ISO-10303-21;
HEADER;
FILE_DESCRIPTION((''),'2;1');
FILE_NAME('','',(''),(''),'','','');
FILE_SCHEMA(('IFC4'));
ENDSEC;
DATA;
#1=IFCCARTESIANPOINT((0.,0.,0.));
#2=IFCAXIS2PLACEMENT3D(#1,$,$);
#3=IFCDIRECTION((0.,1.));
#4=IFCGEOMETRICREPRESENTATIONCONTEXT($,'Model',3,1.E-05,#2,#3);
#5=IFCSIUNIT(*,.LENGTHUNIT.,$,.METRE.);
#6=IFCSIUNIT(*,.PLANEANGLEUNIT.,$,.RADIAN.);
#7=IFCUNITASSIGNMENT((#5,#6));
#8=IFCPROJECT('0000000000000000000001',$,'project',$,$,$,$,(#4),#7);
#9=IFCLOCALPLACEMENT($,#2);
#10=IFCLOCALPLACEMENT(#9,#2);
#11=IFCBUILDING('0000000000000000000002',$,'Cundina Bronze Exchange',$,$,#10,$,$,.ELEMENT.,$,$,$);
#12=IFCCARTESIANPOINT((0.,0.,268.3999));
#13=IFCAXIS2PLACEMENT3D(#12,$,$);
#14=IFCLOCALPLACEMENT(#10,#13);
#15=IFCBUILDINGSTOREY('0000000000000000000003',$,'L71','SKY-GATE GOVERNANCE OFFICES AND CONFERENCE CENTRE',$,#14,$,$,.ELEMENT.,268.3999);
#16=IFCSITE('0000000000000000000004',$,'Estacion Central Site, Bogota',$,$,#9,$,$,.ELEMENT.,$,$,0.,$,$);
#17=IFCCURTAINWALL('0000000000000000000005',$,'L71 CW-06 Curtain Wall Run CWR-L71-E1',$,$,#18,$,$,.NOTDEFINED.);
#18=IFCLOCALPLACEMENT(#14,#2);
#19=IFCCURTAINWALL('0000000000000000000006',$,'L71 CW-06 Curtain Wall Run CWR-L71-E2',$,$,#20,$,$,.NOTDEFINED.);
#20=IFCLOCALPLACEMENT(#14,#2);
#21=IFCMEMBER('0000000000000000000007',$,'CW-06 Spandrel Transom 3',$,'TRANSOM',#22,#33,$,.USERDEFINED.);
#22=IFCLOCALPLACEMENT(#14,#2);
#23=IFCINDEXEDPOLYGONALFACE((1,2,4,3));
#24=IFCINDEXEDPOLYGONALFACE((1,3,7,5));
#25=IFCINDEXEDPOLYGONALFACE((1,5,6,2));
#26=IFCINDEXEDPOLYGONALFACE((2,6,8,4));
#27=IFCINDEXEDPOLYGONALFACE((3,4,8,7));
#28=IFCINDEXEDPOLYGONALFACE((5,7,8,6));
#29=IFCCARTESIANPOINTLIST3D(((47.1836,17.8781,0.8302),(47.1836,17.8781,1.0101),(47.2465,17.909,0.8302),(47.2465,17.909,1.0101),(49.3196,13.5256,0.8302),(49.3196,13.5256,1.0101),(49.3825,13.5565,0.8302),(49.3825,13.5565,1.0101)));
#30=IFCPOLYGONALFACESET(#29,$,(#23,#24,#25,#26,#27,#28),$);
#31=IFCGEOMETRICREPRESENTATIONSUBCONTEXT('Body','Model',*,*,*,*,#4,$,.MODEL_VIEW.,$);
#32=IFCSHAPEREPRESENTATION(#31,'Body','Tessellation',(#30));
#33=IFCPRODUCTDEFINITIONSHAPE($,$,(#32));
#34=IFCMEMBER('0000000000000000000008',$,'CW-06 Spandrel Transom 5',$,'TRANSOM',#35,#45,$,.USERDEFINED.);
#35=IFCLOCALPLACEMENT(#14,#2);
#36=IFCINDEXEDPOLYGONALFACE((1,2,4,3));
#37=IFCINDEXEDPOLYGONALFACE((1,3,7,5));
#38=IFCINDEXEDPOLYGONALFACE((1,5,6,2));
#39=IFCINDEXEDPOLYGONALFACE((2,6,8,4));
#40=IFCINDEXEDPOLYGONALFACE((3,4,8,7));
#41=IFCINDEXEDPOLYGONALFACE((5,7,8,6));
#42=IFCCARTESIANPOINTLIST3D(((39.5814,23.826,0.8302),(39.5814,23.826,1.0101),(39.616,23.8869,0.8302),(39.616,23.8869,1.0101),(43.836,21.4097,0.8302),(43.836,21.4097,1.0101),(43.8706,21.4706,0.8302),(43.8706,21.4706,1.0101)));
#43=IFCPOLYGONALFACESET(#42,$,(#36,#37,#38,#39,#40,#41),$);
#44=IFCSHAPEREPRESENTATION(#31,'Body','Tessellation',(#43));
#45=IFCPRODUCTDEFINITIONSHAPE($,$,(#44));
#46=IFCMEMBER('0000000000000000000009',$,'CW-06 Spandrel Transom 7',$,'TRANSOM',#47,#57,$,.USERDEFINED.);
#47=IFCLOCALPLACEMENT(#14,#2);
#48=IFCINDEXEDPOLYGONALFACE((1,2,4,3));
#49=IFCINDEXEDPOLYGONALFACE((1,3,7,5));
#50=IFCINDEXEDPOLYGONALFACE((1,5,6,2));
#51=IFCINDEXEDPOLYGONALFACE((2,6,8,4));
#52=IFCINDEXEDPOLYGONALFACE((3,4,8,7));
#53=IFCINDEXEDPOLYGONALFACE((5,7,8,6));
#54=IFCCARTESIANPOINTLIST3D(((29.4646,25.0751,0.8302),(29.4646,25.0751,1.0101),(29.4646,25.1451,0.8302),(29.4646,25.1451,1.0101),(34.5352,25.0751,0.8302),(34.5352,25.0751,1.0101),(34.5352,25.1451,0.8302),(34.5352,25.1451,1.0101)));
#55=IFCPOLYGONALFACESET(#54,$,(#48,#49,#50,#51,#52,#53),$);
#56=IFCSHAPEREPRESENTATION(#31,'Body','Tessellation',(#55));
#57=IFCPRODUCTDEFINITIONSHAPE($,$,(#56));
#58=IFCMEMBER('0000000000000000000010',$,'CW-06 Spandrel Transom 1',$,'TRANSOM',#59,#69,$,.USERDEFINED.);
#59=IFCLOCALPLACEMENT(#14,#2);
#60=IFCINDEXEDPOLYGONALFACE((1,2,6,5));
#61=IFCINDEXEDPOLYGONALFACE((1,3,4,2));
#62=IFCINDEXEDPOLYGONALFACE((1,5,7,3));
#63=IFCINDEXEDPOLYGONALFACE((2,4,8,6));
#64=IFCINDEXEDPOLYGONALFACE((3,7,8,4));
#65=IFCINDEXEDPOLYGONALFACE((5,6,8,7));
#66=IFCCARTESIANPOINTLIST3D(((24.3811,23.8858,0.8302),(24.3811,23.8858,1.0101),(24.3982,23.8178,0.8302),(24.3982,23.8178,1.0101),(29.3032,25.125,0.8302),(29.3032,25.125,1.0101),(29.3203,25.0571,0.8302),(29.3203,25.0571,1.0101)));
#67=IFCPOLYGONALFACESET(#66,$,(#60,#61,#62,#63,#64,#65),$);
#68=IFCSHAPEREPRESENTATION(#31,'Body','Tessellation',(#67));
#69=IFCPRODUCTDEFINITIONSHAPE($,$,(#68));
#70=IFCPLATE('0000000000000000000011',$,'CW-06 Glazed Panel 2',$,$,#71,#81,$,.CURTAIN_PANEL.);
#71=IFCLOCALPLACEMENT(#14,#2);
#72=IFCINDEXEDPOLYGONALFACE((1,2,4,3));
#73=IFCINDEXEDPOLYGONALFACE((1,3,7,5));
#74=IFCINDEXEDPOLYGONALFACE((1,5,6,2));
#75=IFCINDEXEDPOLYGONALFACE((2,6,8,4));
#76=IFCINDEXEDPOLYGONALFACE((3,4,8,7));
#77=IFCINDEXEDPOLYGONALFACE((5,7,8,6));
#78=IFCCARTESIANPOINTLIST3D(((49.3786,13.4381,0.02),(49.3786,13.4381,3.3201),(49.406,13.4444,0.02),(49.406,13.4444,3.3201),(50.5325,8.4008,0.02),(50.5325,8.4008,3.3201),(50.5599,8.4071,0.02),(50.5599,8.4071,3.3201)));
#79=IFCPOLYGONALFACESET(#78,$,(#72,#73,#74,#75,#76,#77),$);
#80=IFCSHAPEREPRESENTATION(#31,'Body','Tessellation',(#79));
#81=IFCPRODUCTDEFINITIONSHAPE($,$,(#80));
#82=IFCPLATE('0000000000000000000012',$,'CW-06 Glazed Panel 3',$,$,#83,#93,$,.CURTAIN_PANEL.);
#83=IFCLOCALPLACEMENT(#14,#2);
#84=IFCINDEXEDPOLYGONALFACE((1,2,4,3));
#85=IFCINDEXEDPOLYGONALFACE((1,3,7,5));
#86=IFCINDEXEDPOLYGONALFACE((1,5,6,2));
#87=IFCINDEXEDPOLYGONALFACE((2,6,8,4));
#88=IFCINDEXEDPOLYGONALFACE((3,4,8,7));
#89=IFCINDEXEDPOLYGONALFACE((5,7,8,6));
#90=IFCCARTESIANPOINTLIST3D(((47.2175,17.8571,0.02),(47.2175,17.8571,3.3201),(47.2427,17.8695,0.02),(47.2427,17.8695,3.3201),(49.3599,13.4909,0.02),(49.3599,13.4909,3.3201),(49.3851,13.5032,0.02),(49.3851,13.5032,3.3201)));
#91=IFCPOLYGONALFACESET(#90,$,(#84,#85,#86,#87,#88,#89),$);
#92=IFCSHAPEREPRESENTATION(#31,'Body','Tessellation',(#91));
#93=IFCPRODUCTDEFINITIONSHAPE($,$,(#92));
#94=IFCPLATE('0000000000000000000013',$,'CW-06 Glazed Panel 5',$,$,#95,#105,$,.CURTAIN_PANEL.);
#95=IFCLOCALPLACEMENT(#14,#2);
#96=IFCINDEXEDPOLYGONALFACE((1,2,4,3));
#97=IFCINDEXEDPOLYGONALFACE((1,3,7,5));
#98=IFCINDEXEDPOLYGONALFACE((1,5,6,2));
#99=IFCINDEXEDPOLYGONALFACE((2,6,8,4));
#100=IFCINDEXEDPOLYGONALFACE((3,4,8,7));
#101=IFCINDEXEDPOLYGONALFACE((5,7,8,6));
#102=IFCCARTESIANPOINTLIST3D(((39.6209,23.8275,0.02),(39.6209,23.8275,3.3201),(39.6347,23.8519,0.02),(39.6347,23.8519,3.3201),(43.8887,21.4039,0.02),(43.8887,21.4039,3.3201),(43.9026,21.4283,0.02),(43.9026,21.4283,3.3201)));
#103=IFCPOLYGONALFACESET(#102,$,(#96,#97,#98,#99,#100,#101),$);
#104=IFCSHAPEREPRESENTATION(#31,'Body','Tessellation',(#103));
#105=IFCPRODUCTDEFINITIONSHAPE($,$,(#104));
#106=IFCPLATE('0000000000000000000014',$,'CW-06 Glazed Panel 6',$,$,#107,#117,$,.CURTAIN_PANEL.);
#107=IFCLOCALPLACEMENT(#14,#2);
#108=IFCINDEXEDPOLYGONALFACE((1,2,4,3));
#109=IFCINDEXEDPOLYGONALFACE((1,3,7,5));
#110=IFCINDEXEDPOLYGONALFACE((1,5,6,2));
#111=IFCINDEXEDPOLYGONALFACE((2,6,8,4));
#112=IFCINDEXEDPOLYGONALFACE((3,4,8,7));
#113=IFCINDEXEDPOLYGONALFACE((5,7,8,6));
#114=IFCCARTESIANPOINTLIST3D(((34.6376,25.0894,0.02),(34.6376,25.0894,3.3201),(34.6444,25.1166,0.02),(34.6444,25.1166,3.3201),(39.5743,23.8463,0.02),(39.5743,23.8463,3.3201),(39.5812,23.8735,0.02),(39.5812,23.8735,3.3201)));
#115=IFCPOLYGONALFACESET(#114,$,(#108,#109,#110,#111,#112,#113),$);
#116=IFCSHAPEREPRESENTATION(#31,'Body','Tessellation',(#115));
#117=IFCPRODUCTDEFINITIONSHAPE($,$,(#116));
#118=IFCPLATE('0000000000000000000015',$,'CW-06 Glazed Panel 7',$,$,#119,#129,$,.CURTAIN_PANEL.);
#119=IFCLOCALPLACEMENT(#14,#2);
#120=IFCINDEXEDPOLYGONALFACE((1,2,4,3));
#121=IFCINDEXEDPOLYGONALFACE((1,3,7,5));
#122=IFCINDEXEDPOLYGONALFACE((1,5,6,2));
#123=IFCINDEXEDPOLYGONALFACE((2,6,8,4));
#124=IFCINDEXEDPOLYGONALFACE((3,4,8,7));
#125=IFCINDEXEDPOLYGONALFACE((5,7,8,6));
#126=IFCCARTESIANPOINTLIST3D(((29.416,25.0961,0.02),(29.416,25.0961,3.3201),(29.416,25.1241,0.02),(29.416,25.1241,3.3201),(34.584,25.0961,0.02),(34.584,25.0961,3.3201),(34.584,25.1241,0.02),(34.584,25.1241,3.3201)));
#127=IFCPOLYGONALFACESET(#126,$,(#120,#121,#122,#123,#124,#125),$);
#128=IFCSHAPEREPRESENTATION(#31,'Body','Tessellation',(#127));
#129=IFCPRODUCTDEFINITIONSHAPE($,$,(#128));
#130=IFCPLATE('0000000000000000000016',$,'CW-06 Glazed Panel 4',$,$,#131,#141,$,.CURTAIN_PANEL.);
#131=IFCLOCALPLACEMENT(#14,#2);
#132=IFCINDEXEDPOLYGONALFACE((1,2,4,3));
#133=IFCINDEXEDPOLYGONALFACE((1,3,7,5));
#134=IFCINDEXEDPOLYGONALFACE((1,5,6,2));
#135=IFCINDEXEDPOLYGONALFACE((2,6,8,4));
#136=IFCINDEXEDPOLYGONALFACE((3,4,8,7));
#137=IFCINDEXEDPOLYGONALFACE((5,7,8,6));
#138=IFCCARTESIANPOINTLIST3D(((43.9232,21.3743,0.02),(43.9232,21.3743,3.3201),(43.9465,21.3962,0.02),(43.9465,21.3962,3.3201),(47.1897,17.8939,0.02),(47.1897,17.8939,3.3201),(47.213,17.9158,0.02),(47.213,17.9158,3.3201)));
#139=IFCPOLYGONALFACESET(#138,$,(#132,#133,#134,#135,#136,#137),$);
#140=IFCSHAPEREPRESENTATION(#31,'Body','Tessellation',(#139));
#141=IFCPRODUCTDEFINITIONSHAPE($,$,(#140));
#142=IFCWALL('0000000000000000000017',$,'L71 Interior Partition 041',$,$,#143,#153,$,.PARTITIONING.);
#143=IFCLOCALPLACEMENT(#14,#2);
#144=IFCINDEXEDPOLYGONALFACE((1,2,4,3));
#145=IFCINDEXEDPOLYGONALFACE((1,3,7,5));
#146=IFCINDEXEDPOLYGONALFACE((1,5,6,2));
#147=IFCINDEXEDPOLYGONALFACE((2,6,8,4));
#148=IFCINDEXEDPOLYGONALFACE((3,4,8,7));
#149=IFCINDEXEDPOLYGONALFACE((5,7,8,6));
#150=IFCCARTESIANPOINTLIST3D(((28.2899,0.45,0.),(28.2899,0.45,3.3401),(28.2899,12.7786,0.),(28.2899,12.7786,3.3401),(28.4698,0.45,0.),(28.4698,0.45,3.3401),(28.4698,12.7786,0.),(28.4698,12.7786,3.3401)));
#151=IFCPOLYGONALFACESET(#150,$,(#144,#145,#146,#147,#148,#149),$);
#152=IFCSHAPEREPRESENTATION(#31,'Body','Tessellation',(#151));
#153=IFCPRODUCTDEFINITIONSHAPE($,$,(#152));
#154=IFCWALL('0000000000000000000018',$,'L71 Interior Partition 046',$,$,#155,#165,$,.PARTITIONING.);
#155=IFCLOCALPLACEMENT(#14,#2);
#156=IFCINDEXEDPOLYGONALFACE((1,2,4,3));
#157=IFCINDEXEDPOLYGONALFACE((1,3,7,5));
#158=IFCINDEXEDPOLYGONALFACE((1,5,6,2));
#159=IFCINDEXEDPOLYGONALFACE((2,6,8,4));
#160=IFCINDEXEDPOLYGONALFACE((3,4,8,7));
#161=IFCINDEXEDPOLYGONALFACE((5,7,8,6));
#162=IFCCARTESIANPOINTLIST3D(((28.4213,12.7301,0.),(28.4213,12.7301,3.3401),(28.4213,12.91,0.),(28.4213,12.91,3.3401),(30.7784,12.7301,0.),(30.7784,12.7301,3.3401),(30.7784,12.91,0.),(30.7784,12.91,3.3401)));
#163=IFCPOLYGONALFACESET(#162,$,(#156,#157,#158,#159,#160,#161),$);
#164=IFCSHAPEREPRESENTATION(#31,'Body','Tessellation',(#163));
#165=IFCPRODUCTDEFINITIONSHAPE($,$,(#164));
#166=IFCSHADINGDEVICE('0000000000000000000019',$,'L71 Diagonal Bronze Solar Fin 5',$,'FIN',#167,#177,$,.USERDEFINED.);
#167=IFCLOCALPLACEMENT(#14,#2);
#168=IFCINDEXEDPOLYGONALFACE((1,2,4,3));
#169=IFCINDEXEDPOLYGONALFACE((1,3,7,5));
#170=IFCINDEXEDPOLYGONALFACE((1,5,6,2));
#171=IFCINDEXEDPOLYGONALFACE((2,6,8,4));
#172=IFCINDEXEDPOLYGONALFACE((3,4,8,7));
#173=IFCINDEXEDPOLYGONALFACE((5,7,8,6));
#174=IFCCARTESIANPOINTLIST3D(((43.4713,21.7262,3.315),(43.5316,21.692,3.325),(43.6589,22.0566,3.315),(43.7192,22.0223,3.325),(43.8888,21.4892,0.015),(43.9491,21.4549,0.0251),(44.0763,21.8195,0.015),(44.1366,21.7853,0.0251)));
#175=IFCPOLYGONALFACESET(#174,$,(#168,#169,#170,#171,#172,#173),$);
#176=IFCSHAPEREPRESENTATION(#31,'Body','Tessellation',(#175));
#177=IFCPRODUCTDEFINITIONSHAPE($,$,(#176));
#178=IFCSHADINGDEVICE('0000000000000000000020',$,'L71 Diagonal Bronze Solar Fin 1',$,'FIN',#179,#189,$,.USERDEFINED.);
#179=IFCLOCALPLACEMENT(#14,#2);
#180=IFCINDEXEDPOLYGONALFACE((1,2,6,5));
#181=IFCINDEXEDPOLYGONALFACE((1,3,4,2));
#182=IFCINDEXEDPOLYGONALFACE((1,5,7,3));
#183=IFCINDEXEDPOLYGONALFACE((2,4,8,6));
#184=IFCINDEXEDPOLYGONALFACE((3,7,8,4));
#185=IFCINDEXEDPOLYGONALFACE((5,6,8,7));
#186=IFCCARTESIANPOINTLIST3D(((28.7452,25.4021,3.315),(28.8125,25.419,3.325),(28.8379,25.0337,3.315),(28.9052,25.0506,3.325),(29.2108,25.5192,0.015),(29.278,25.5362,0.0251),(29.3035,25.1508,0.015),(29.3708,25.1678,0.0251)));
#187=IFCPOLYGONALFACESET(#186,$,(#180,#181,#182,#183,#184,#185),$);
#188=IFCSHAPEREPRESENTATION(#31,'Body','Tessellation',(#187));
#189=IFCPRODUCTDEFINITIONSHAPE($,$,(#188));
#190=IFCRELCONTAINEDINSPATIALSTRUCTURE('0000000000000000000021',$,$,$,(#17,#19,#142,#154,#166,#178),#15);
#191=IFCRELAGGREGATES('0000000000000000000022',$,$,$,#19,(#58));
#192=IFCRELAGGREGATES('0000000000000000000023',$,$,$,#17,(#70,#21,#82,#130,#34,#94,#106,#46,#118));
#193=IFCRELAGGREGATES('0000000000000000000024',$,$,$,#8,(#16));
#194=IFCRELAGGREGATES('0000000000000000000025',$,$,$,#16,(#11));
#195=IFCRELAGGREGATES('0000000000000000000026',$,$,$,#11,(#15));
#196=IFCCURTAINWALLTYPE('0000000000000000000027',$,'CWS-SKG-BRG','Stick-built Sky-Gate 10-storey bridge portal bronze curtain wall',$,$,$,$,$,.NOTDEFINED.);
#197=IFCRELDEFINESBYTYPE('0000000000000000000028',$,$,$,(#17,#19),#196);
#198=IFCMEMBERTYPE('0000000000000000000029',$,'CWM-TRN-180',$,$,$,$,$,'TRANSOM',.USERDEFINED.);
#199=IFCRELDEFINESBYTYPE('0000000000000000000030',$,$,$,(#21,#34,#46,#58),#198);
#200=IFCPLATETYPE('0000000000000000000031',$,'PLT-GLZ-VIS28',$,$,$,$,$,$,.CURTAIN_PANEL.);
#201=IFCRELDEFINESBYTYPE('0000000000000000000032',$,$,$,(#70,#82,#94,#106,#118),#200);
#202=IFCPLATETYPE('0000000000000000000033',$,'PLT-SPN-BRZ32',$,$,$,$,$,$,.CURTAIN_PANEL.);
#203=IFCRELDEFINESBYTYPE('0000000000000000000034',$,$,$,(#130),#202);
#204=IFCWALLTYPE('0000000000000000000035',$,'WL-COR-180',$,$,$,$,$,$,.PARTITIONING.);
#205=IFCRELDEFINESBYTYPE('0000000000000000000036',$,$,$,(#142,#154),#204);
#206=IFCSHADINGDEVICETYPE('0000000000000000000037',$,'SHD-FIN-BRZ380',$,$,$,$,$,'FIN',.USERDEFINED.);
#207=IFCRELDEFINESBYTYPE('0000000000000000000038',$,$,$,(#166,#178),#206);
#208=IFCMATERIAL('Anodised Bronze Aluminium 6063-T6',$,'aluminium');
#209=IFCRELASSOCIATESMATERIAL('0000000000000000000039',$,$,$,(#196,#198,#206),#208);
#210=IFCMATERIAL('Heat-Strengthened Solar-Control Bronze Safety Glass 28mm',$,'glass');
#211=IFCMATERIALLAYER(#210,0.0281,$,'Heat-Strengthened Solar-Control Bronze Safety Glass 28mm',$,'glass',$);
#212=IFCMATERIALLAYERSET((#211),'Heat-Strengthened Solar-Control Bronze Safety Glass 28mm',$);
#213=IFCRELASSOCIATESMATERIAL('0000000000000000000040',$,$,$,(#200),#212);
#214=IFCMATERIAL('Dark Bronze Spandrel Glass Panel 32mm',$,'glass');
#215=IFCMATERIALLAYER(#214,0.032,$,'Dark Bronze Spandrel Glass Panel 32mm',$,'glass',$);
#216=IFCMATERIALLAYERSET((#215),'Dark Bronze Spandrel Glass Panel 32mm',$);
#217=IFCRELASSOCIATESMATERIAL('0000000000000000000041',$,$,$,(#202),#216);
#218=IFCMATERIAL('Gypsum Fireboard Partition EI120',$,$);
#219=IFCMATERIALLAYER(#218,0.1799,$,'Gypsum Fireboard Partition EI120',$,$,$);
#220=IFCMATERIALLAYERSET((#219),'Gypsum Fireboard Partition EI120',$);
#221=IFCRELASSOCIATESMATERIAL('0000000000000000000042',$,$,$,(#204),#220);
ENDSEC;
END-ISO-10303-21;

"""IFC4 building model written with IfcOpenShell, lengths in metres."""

from ifc_helpers import new_model, si_unit, direction, frame, frame_2d, origin, origin_2d, place, context, subcontext, project, spatial, rectangle, extrude, material, layer, layer_set, material_profile, profile_set, type_object, element, aggregate, save


model = new_model("IFC4")

# Units and contexts
model_context = context("Model", 3, precision=1e-05, world=origin(), true_north=direction((0.0, 1.0)))
body_context = subcontext(model_context, "Body", "Model", "MODEL_VIEW")
ifc_project = project(units=[si_unit("LENGTHUNIT", "METRE"), si_unit("PLANEANGLEUNIT", "RADIAN")], contexts=[model_context])

# Site, building, storey
site_placement = place(None, origin())
site = spatial("IfcSite", under=ifc_project, at=site_placement, Name="Estacion Central Site, Bogota", CompositionType="ELEMENT", RefElevation=0.0)
building_placement = place(site_placement, origin())
building = spatial("IfcBuilding", under=site, at=building_placement, Name="Cundina Bronze Exchange", CompositionType="ELEMENT")
storey_placement = place(building_placement, frame((0.0, 0.0, 268.3999)))
storey = spatial("IfcBuildingStorey", under=building, at=storey_placement, Name="L71", Description="SKY-GATE GOVERNANCE OFFICES AND CONFERENCE CENTRE", CompositionType="ELEMENT", Elevation=268.3999)

# Curtain wall
ifc_material_1 = material(Name="Anodised Bronze Aluminium 6063-T6", Category="aluminium")
curtain_wall_type = type_object("IfcCurtainWallType", Name="CWS-SKG-BRG", Description="Stick-built Sky-Gate 10-storey bridge portal bronze curtain wall", PredefinedType="NOTDEFINED", material=ifc_material_1)
curtain_wall_1_placement = place(storey_placement, origin())
curtain_wall_1 = element("IfcCurtainWall", 1, at=curtain_wall_1_placement, inside=storey, type_object=curtain_wall_type, Name="L71 CW-06 Curtain Wall Run CWR-L71-E1", PredefinedType="NOTDEFINED")

# Curtain wall
curtain_wall_2_placement = place(storey_placement, origin())
curtain_wall_2 = element("IfcCurtainWall", 2, at=curtain_wall_2_placement, inside=storey, type_object=curtain_wall_type, Name="L71 CW-06 Curtain Wall Run CWR-L71-E2", PredefinedType="NOTDEFINED")

# Members
ifc_material_profile_1 = material_profile(ifc_material_1, rectangle(XDim=0.0701, YDim=0.1799, at=origin_2d()), Name="AL70X180", Category="aluminium")
ifc_profile_set_1 = profile_set([ifc_material_profile_1], Name="Anodised Bronze Aluminium 6063-T6")
member_type_1 = type_object("IfcMemberType", Name="CWM-TRN-180", ElementType="TRANSOM", PredefinedType="USERDEFINED", material=ifc_profile_set_1)
member_1_placement = place(storey_placement, frame((49.3511, 13.541, 0.9202), z_axis=(-0.440554, 0.897726, 0.0), x_axis=(-0.897726, -0.440554, 0.0)))
member_1 = element("IfcMember", 3, at=member_1_placement, type_object=member_type_1, Name="CW-06 Spandrel Transom 3", ObjectType="TRANSOM", PredefinedType="USERDEFINED", context=body_context, shape_type="SweptSolid", body=[
    extrude(rectangle(XDim=0.0701, YDim=0.1799, at=origin_2d()), origin(), (0.0, 0.0, 1.0), 4.8484),
])
member_2_placement = place(storey_placement, frame((43.8533, 21.4402, 0.9202), z_axis=(-0.869557, 0.493832, 0.0), x_axis=(-0.493832, -0.869557, 0.0)))
member_2 = element("IfcMember", 4, at=member_2_placement, type_object=member_type_1, Name="CW-06 Spandrel Transom 5", ObjectType="TRANSOM", PredefinedType="USERDEFINED", context=body_context, shape_type="SweptSolid", body=[
    extrude(rectangle(XDim=0.0701, YDim=0.1799, at=origin_2d()), origin(), (0.0, 0.0, 1.0), 4.8928),
])
member_3_placement = place(storey_placement, frame((34.5352, 25.1101, 0.9202), z_axis=(-1.0, 0.0, 0.0), x_axis=(0.0, -1.0, 0.0)))
member_3 = element("IfcMember", 5, at=member_3_placement, type_object=member_type_1, Name="CW-06 Spandrel Transom 7", ObjectType="TRANSOM", PredefinedType="USERDEFINED", context=body_context, shape_type="SweptSolid", body=[
    extrude(rectangle(XDim=0.0701, YDim=0.1799, at=origin_2d()), origin(), (0.0, 0.0, 1.0), 5.0706),
])
member_4_placement = place(storey_placement, frame((29.3118, 25.0911, 0.9202), z_axis=(-0.969737, -0.244154, 0.0), x_axis=(0.244154, -0.969737, 0.0)))
member_4 = element("IfcMember", 6, at=member_4_placement, type_object=member_type_1, Name="CW-06 Spandrel Transom 1", ObjectType="TRANSOM", PredefinedType="USERDEFINED", context=body_context, shape_type="SweptSolid", body=[
    extrude(rectangle(XDim=0.0701, YDim=0.1799, at=origin_2d()), origin(), (0.0, 0.0, 1.0), 5.0757),
])
aggregate(curtain_wall_2, [member_4])

# Plates
ifc_material_2 = material(Name="Heat-Strengthened Solar-Control Bronze Safety Glass 28mm", Category="glass")
ifc_layer_1 = layer(ifc_material_2, 0.0281, Name="Heat-Strengthened Solar-Control Bronze Safety Glass 28mm", Category="glass")
ifc_layer_set_1 = layer_set([ifc_layer_1], Name="Heat-Strengthened Solar-Control Bronze Safety Glass 28mm")
plate_type_1 = type_object("IfcPlateType", Name="PLT-GLZ-VIS28", PredefinedType="CURTAIN_PANEL", material=ifc_layer_set_1)
plate_1_placement = place(storey_placement, frame((49.9692, 10.9226, 0.02), z_axis=(0.0, 0.0, 1.0), x_axis=(-0.223284, 0.974753, 0.0)))
plate_1 = element("IfcPlate", 7, at=plate_1_placement, type_object=plate_type_1, Name="CW-06 Glazed Panel 2", PredefinedType="CURTAIN_PANEL", context=body_context, shape_type="SweptSolid", body=[
    extrude(rectangle(XDim=5.1677, YDim=0.0281, at=origin_2d()), origin(), (0.0, 0.0, 1.0), 3.3),
])
plate_2_placement = place(storey_placement, frame((48.3013, 15.6802, 0.02), z_axis=(0.0, 0.0, 1.0), x_axis=(-0.440503, 0.897751, 0.0)))
plate_2 = element("IfcPlate", 8, at=plate_2_placement, type_object=plate_type_1, Name="CW-06 Glazed Panel 3", PredefinedType="CURTAIN_PANEL", context=body_context, shape_type="SweptSolid", body=[
    extrude(rectangle(XDim=4.8635, YDim=0.0281, at=origin_2d()), origin(), (0.0, 0.0, 1.0), 3.3),
])
plate_3_placement = place(storey_placement, frame((41.7617, 22.6279, 0.02), z_axis=(0.0, 0.0, 1.0), x_axis=(-0.869573, 0.493805, 0.0)))
plate_3 = element("IfcPlate", 9, at=plate_3_placement, type_object=plate_type_1, Name="CW-06 Glazed Panel 5", PredefinedType="CURTAIN_PANEL", context=body_context, shape_type="SweptSolid", body=[
    extrude(rectangle(XDim=4.908, YDim=0.0281, at=origin_2d()), origin(), (0.0, 0.0, 1.0), 3.3),
])
plate_4_placement = place(storey_placement, frame((37.1094, 24.4814, 0.02), z_axis=(0.0, 0.0, 1.0), x_axis=(-0.969732, 0.244174, 0.0)))
plate_4 = element("IfcPlate", 10, at=plate_4_placement, type_object=plate_type_1, Name="CW-06 Glazed Panel 6", PredefinedType="CURTAIN_PANEL", context=body_context, shape_type="SweptSolid", body=[
    extrude(rectangle(XDim=5.0908, YDim=0.0281, at=origin_2d()), origin(), (0.0, 0.0, 1.0), 3.3),
])
plate_5_placement = place(storey_placement, frame((32.0, 25.1101, 0.02), z_axis=(0.0, 0.0, 1.0), x_axis=(-1.0, 0.0, 0.0)))
plate_5 = element("IfcPlate", 11, at=plate_5_placement, type_object=plate_type_1, Name="CW-06 Glazed Panel 7", PredefinedType="CURTAIN_PANEL", context=body_context, shape_type="SweptSolid", body=[
    extrude(rectangle(XDim=5.168, YDim=0.0281, at=origin_2d()), origin(), (0.0, 0.0, 1.0), 3.3),
])
ifc_material_3 = material(Name="Dark Bronze Spandrel Glass Panel 32mm", Category="glass")
ifc_layer_2 = layer(ifc_material_3, 0.032, Name="Dark Bronze Spandrel Glass Panel 32mm", Category="glass")
ifc_layer_set_2 = layer_set([ifc_layer_2], Name="Dark Bronze Spandrel Glass Panel 32mm")
plate_type_2 = type_object("IfcPlateType", Name="PLT-SPN-BRZ32", PredefinedType="CURTAIN_PANEL", material=ifc_layer_set_2)
plate_6_placement = place(storey_placement, frame((45.5681, 19.645, 0.02), z_axis=(0.0, 0.0, 1.0), x_axis=(-0.684344, 0.72916, 0.0)))
plate_6 = element("IfcPlate", 12, at=plate_6_placement, type_object=plate_type_2, Name="CW-06 Glazed Panel 4", PredefinedType="CURTAIN_PANEL", context=body_context, shape_type="SweptSolid", body=[
    extrude(rectangle(XDim=4.7732, YDim=0.032, at=origin_2d()), origin(), (0.0, 0.0, 1.0), 3.3),
])
aggregate(curtain_wall_1, [plate_1, member_1, plate_2, plate_6, member_2, plate_3, plate_4, member_3, plate_5])

# Walls
ifc_material_4 = material(Name="Gypsum Fireboard Partition EI120")
ifc_layer_3 = layer(ifc_material_4, 0.1799, Name="Gypsum Fireboard Partition EI120")
ifc_layer_set_3 = layer_set([ifc_layer_3], Name="Gypsum Fireboard Partition EI120")
wall_type = type_object("IfcWallType", Name="WL-COR-180", PredefinedType="PARTITIONING", material=ifc_layer_set_3)
wall_1_placement = place(storey_placement, frame((28.3799, 12.7786, 0.0), z_axis=(0.0, 0.0, 1.0), x_axis=(0.0, -1.0, 0.0)))
element("IfcWall", 13, at=wall_1_placement, inside=storey, type_object=wall_type, Name="L71 Interior Partition 041", PredefinedType="PARTITIONING", context=body_context, shape_type="SweptSolid", body=[
    extrude(rectangle(XDim=12.3286, YDim=0.1799, at=frame_2d((6.1643, 0.0))), origin(), (0.0, 0.0, 1.0), 3.3401),
])
wall_2_placement = place(storey_placement, frame((30.7786, 12.8201, 0.0), z_axis=(0.0, 0.0, 1.0), x_axis=(-1.0, 0.0, 0.0)))
element("IfcWall", 14, at=wall_2_placement, inside=storey, type_object=wall_type, Name="L71 Interior Partition 046", PredefinedType="PARTITIONING", context=body_context, shape_type="SweptSolid", body=[
    extrude(rectangle(XDim=2.3572, YDim=0.1799, at=frame_2d((1.1787, 0.0))), origin(), (0.0, 0.0, 1.0), 3.3401),
])

# Shading devices
ifc_material_profile_2 = material_profile(ifc_material_1, rectangle(XDim=0.0701, YDim=0.3799, at=origin_2d()), Name="FIN70X380", Category="aluminium")
ifc_profile_set_2 = profile_set([ifc_material_profile_2], Name="Anodised Bronze Aluminium 6063-T6")
shading_device_type = type_object("IfcShadingDeviceType", Name="SHD-FIN-BRZ380", ElementType="FIN", PredefinedType="USERDEFINED", material=ifc_profile_set_2)
for number, where, z_axis, x_axis, name in (
    (15, (44.0127, 21.6372, 0.02), (-0.12519, 0.071087, 0.989583), (0.860527, -0.488638, 0.143965), "L71 Diagonal Bronze Solar Fin 5"),
    (16, (29.2908, 25.3435, 0.02), (-0.139612, -0.035141, 0.989583), (0.95965, 0.241548, 0.143967), "L71 Diagonal Bronze Solar Fin 1"),
):
    element("IfcShadingDevice", number, at=place(storey_placement, frame(where, z_axis=z_axis, x_axis=x_axis)), inside=storey, type_object=shading_device_type, Name=name, ObjectType="FIN", PredefinedType="USERDEFINED", context=body_context, shape_type="SweptSolid", body=[
        extrude(rectangle(XDim=0.0701, YDim=0.3799, at=origin_2d()), origin(), (0.0, 0.0, 1.0), 3.3347),
    ])

save(model, "model.ifc")
